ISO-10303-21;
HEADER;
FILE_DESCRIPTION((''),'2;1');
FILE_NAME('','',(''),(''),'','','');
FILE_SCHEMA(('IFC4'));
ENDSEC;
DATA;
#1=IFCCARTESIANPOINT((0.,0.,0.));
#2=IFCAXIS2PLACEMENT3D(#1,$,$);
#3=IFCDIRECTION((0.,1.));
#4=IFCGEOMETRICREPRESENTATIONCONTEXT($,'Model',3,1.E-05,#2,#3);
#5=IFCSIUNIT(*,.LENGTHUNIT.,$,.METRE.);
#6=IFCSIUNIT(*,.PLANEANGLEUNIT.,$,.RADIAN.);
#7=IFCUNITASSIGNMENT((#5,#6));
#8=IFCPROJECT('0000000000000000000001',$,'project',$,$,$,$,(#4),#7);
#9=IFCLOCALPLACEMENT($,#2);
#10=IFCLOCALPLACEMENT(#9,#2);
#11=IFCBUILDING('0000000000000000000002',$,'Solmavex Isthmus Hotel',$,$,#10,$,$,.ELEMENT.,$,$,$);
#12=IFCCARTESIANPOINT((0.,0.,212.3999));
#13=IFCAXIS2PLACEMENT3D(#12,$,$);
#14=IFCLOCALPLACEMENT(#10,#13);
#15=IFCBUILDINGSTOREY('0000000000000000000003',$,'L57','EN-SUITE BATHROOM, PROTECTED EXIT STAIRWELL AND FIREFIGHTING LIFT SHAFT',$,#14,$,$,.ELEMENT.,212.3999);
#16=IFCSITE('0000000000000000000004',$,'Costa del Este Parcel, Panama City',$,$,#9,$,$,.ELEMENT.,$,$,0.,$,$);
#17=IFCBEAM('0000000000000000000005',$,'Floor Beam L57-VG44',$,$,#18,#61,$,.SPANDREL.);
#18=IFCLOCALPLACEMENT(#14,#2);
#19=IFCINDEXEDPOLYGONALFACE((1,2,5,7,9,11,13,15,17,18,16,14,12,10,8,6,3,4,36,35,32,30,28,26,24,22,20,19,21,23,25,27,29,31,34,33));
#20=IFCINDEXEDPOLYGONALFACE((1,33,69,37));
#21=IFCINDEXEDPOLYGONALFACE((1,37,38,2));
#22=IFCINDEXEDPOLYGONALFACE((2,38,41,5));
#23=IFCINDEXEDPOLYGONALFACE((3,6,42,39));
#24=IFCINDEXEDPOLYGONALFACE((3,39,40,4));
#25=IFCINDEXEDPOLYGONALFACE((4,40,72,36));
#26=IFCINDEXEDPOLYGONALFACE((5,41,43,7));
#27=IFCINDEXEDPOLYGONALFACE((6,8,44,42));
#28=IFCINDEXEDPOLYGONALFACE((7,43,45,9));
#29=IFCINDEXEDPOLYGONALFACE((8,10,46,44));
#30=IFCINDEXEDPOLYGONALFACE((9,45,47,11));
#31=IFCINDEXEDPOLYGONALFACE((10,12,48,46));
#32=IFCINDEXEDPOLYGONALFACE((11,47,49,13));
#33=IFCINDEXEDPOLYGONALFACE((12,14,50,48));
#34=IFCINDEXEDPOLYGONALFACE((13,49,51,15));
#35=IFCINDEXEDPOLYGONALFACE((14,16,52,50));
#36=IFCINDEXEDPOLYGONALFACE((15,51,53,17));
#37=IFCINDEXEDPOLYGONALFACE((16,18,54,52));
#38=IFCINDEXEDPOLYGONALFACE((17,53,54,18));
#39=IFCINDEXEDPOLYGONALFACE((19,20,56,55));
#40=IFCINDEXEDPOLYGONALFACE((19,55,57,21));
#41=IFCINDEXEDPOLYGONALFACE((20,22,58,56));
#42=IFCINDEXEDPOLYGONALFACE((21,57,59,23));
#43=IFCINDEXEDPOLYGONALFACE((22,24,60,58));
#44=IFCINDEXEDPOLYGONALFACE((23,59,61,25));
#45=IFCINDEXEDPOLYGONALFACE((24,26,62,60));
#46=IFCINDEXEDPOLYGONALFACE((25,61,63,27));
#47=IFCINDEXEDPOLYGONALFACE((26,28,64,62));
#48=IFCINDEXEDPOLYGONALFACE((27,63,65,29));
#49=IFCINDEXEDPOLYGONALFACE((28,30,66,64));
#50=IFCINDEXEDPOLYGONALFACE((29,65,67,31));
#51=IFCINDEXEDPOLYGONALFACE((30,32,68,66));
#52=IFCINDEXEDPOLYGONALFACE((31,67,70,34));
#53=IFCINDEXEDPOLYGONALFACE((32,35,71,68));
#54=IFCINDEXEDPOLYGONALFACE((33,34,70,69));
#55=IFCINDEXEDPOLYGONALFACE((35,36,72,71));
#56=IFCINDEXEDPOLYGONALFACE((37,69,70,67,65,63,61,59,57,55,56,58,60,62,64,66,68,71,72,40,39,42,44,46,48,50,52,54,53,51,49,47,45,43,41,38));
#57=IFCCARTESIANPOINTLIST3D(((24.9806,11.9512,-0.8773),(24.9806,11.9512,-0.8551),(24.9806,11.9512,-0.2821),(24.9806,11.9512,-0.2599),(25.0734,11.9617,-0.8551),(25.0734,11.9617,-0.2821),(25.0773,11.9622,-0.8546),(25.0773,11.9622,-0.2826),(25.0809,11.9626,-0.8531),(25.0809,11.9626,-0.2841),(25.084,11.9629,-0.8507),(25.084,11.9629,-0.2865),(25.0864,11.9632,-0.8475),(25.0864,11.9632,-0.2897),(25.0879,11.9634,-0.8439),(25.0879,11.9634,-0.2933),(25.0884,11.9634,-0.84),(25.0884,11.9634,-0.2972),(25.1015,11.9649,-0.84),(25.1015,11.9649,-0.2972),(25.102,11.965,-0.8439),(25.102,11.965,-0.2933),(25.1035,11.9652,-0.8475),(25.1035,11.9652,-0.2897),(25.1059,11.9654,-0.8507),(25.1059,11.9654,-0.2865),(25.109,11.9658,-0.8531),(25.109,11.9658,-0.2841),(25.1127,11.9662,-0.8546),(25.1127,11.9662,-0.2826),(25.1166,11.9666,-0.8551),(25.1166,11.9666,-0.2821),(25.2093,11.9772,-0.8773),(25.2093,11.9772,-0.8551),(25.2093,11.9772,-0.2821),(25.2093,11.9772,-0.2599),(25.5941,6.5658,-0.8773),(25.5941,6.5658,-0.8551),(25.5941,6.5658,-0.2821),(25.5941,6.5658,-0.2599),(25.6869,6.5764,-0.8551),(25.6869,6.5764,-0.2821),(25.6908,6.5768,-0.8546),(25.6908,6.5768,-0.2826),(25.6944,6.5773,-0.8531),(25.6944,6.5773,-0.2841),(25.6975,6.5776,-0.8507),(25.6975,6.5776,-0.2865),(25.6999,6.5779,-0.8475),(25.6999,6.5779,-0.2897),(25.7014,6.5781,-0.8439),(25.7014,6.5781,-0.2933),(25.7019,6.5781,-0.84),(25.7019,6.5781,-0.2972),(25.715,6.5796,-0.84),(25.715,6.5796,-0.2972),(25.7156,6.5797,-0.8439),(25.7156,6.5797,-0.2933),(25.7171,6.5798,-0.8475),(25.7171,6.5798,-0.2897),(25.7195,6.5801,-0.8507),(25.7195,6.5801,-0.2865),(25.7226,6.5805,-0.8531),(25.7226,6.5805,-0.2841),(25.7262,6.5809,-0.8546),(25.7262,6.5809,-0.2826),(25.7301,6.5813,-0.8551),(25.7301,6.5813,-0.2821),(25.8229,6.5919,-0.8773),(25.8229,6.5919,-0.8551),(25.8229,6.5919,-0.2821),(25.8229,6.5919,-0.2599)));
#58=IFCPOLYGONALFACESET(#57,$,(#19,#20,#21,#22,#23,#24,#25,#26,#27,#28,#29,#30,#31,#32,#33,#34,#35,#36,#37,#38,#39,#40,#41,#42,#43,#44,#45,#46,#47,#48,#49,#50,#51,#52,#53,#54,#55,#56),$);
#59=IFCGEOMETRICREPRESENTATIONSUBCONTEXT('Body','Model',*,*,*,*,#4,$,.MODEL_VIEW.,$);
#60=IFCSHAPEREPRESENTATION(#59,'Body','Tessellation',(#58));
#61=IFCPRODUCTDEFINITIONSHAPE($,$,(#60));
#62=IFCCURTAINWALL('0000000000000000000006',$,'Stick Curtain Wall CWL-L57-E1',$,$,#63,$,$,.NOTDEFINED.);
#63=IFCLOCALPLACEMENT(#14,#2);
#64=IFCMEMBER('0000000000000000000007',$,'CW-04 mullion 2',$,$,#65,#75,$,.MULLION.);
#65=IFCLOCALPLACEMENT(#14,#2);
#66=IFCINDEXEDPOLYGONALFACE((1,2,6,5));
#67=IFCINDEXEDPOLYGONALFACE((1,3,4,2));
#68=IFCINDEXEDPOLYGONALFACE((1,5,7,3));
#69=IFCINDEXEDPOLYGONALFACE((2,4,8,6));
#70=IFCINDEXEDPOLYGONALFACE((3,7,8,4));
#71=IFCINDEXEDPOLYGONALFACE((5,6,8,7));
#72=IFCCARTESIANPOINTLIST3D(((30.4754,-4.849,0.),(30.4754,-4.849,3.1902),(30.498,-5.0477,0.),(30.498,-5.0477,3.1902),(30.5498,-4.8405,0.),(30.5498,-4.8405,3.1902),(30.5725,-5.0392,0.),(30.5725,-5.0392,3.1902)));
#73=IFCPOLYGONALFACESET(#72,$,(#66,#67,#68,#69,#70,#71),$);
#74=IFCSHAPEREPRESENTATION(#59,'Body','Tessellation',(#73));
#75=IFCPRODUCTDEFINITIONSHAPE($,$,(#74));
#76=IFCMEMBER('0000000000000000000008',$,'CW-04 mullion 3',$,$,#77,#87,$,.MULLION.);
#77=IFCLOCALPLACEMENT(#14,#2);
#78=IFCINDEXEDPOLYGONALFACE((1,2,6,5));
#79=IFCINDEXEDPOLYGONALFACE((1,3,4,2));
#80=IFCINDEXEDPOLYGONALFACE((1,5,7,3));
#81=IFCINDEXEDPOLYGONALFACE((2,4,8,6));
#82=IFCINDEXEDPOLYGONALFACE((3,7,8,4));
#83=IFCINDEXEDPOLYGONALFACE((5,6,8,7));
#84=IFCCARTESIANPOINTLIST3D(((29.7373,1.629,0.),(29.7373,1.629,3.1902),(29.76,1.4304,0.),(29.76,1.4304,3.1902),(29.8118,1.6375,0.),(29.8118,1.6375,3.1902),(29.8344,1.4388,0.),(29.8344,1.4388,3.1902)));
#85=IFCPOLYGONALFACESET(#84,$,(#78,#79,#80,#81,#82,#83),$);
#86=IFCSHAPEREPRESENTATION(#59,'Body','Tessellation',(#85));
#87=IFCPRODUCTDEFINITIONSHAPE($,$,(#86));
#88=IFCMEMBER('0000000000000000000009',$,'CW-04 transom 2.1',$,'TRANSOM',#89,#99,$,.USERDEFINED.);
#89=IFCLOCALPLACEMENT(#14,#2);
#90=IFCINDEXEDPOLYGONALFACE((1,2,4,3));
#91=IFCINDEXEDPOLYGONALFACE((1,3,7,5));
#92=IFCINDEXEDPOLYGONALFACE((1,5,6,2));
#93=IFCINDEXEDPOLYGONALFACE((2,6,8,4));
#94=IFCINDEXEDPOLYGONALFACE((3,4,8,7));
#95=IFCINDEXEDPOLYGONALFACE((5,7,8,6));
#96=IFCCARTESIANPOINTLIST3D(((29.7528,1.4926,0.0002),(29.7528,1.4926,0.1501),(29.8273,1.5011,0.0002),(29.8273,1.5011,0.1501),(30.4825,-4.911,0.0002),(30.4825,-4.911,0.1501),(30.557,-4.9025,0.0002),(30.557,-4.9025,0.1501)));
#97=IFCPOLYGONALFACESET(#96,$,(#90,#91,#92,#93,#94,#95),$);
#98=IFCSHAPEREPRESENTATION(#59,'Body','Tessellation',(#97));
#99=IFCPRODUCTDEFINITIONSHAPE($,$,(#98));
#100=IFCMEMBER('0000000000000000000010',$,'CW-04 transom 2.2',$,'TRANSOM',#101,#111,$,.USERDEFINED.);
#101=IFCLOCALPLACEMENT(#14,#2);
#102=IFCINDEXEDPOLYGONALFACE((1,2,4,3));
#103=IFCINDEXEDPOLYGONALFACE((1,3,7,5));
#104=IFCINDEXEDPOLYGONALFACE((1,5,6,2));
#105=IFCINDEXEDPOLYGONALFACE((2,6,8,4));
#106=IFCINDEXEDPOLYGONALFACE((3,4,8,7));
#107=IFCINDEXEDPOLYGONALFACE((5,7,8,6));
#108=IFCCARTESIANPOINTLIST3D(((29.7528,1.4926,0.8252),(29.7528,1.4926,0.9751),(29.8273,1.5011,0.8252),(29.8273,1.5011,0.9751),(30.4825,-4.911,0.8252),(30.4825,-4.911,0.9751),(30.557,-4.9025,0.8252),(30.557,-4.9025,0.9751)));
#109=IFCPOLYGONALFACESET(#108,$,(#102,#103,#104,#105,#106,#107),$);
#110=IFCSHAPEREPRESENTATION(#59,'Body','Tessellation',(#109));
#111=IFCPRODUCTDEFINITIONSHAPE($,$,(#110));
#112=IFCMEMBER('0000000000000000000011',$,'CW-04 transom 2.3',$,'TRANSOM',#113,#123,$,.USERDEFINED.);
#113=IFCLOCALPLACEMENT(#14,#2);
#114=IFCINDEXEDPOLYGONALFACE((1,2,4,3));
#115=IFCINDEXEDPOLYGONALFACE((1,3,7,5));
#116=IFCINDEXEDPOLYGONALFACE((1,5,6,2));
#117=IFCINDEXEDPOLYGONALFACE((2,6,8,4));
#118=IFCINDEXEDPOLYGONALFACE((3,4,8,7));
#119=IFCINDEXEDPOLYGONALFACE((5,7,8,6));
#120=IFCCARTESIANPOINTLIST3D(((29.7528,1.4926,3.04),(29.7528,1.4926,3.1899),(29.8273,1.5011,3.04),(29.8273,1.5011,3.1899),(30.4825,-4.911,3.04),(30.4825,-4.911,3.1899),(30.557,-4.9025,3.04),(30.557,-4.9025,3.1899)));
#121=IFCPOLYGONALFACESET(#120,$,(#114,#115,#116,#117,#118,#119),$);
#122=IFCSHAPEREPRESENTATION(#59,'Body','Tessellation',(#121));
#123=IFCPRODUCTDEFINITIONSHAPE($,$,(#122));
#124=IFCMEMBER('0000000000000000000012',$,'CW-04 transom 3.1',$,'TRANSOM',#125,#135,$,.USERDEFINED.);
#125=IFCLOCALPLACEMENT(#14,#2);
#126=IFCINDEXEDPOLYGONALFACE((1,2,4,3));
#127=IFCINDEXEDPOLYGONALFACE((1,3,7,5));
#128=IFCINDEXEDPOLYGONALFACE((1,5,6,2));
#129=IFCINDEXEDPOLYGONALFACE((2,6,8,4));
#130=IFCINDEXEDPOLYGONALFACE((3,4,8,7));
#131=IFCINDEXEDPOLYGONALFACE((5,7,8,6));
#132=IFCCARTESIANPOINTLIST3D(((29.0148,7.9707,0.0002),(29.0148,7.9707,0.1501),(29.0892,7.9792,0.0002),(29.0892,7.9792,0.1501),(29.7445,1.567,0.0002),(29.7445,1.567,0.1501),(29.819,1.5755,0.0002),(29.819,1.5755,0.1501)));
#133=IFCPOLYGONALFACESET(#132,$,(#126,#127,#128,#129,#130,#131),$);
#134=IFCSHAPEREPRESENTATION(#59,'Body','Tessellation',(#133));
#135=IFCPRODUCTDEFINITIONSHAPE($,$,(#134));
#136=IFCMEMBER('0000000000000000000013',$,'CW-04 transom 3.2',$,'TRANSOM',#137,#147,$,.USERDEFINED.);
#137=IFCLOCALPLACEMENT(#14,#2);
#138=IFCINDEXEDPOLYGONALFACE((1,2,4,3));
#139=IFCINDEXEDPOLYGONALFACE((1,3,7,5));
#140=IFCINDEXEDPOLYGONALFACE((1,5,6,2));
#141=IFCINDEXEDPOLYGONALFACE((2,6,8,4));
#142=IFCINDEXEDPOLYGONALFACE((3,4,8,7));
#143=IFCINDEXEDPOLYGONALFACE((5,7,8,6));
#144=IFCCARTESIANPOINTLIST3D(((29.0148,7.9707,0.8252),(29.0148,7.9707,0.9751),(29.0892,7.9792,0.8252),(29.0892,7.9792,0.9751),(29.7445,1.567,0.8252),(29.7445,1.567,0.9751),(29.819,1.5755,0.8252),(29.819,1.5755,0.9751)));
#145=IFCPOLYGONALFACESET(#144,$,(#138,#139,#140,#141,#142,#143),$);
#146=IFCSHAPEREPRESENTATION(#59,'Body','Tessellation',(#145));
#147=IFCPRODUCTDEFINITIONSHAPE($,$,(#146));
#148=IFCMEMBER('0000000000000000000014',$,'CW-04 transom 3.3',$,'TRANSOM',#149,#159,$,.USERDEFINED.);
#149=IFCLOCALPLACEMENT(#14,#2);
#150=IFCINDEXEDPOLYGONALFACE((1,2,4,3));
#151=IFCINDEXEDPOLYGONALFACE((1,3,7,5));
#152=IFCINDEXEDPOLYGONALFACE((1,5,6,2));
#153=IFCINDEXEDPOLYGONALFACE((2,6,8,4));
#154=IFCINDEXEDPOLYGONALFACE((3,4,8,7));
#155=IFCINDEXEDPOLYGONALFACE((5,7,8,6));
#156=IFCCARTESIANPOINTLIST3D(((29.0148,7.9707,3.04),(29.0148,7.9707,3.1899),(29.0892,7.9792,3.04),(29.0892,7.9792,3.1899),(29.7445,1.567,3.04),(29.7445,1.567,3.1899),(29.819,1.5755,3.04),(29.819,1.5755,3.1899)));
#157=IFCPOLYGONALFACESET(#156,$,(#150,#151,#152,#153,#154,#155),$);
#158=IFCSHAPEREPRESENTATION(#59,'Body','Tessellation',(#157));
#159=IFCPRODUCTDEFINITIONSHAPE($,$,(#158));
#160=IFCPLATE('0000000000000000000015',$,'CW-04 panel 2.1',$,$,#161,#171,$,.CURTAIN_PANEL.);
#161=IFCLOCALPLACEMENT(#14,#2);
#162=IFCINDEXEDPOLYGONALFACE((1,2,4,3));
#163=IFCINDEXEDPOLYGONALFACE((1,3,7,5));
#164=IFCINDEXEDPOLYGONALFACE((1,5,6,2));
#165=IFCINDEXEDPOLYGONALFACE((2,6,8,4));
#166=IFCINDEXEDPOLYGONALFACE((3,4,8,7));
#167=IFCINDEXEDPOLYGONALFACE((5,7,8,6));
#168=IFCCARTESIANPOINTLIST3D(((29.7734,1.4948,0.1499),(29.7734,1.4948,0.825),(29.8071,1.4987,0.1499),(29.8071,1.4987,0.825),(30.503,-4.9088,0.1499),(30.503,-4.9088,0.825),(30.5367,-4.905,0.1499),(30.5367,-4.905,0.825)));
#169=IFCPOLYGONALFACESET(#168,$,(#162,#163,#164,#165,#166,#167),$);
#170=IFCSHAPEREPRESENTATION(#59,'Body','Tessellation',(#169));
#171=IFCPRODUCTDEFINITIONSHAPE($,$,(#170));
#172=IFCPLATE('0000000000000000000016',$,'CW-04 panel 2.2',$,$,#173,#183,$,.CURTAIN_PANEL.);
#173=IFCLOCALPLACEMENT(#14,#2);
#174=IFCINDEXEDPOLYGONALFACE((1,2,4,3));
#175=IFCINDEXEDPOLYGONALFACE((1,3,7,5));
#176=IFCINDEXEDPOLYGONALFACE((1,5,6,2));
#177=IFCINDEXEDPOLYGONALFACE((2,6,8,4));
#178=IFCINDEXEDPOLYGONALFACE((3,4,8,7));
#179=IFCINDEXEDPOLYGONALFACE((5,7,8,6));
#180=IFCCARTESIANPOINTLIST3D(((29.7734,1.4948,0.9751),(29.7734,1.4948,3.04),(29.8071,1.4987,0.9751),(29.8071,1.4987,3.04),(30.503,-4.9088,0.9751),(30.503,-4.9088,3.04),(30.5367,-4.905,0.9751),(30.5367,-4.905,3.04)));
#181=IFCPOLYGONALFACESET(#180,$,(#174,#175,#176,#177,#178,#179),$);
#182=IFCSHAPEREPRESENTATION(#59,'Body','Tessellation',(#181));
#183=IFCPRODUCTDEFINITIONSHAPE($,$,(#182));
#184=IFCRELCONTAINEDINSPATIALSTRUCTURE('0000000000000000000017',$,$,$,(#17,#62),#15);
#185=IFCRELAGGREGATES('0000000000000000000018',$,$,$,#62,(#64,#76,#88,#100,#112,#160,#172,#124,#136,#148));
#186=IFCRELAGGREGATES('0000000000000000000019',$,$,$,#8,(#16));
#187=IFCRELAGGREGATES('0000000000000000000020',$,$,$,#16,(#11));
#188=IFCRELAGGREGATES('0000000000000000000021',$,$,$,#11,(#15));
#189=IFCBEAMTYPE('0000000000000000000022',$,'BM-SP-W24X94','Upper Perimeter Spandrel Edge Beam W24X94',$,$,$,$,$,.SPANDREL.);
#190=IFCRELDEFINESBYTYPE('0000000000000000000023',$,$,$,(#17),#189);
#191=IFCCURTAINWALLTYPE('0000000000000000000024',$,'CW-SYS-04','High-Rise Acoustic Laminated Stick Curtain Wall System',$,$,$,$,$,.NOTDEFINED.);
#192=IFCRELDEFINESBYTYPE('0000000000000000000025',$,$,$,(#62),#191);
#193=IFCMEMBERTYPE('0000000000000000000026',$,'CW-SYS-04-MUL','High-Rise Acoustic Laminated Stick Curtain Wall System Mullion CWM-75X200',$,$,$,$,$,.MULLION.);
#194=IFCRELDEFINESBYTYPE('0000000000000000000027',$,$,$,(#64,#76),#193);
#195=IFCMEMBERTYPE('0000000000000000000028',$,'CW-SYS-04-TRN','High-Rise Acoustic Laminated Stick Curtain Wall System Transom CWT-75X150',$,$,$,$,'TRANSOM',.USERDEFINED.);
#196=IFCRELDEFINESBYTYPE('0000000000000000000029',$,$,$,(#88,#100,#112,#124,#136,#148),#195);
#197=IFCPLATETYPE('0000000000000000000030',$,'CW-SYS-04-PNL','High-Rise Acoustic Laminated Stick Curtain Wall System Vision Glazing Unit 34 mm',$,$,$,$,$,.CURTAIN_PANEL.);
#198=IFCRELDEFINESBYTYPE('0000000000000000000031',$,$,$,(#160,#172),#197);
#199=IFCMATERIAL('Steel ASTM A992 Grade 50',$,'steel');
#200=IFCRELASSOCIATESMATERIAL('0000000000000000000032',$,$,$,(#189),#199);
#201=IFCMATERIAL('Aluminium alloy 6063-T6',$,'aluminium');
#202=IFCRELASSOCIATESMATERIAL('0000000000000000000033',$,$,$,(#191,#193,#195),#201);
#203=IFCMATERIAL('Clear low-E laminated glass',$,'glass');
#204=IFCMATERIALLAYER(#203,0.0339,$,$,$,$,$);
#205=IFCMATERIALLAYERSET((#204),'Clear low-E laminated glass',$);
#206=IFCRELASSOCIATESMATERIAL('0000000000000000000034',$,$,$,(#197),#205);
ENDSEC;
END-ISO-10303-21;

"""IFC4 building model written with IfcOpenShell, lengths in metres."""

from ifc_helpers import new_model, si_unit, direction, frame, origin, origin_2d, place, context, subcontext, project, spatial, rectangle, i_section, extrude, material, layer, layer_set, material_profile, profile_set, type_object, element, aggregate, save


model = new_model("IFC4")

# Units and contexts
model_context = context("Model", 3, precision=1e-05, world=origin(), true_north=direction((0.0, 1.0)))
body_context = subcontext(model_context, "Body", "Model", "MODEL_VIEW")
ifc_project = project(units=[si_unit("LENGTHUNIT", "METRE"), si_unit("PLANEANGLEUNIT", "RADIAN")], contexts=[model_context])

# Site, building, storey
site_placement = place(None, origin())
site = spatial("IfcSite", under=ifc_project, at=site_placement, Name="Costa del Este Parcel, Panama City", CompositionType="ELEMENT", RefElevation=0.0)
building_placement = place(site_placement, origin())
building = spatial("IfcBuilding", under=site, at=building_placement, Name="Solmavex Isthmus Hotel", CompositionType="ELEMENT")
storey_placement = place(building_placement, frame((0.0, 0.0, 212.3999)))
storey = spatial("IfcBuildingStorey", under=building, at=storey_placement, Name="L57", Description="EN-SUITE BATHROOM, PROTECTED EXIT STAIRWELL AND FIREFIGHTING LIFT SHAFT", CompositionType="ELEMENT", Elevation=212.3999)

# Beam
ifc_material_1 = material(Name="Steel ASTM A992 Grade 50", Category="steel")
ifc_material_profile_1 = material_profile(ifc_material_1, i_section(OverallWidth=0.2302, OverallDepth=0.6174, WebThickness=0.0132, FlangeThickness=0.0222, FilletRadius=0.0151, at=origin_2d()), Name="W24X94")
ifc_profile_set_1 = profile_set([ifc_material_profile_1], Name="Steel ASTM A992 Grade 50")
beam_type_1 = type_object("IfcBeamType", Name="BM-SP-W24X94", Description="Upper Perimeter Spandrel Edge Beam W24X94", PredefinedType="SPANDREL", material=ifc_profile_set_1)
beam_1_placement = place(storey_placement, frame((25.7085, 6.5789, -0.5686), z_axis=(-0.113195, 0.993573, 0.0), x_axis=(-0.993573, -0.113195, 0.0)))
element("IfcBeam", 1, at=beam_1_placement, inside=storey, type_object=beam_type_1, Name="Floor Beam L57-VG44", PredefinedType="SPANDREL", context=body_context, shape_type="SweptSolid", body=[
    extrude(i_section(OverallWidth=0.2302, OverallDepth=0.6174, WebThickness=0.0132, FlangeThickness=0.0222, FilletRadius=0.0151, at=origin_2d()), origin(), (0.0, 0.0, 1.0), 5.4202),
])

# Curtain wall, members, plates
ifc_material_2 = material(Name="Aluminium alloy 6063-T6", Category="aluminium")
curtain_wall_type = type_object("IfcCurtainWallType", Name="CW-SYS-04", Description="High-Rise Acoustic Laminated Stick Curtain Wall System", PredefinedType="NOTDEFINED", material=ifc_material_2)
curtain_wall_placement = place(storey_placement, origin())
curtain_wall = element("IfcCurtainWall", 2, at=curtain_wall_placement, inside=storey, type_object=curtain_wall_type, Name="Stick Curtain Wall CWL-L57-E1", PredefinedType="NOTDEFINED")
ifc_material_profile_2 = material_profile(ifc_material_2, rectangle(XDim=0.075, YDim=0.2, at=origin_2d()), Name="CWM-75X200")
ifc_profile_set_2 = profile_set([ifc_material_profile_2], Name="Aluminium alloy 6063-T6")
member_type_1 = type_object("IfcMemberType", Name="CW-SYS-04-MUL", Description="High-Rise Acoustic Laminated Stick Curtain Wall System Mullion CWM-75X200", PredefinedType="MULLION", material=ifc_profile_set_2)
member_1_placement = place(storey_placement, frame((30.5239, -4.9441, 0.0), z_axis=(0.0, 0.0, 1.0), x_axis=(-0.993572, -0.113203, 0.0)))
member_1 = element("IfcMember", 3, at=member_1_placement, type_object=member_type_1, Name="CW-04 mullion 2", PredefinedType="MULLION", context=body_context, shape_type="SweptSolid", body=[
    extrude(rectangle(XDim=0.075, YDim=0.2, at=origin_2d()), origin(), (0.0, 0.0, 1.0), 3.1902),
])
member_2_placement = place(storey_placement, frame((29.7859, 1.5339, 0.0), z_axis=(0.0, 0.0, 1.0), x_axis=(-0.993572, -0.113203, 0.0)))
member_2 = element("IfcMember", 4, at=member_2_placement, type_object=member_type_1, Name="CW-04 mullion 3", PredefinedType="MULLION", context=body_context, shape_type="SweptSolid", body=[
    extrude(rectangle(XDim=0.075, YDim=0.2, at=origin_2d()), origin(), (0.0, 0.0, 1.0), 3.1902),
])
ifc_material_profile_3 = material_profile(ifc_material_2, rectangle(XDim=0.075, YDim=0.1499, at=origin_2d()), Name="CWT-75X150")
ifc_profile_set_3 = profile_set([ifc_material_profile_3], Name="Aluminium alloy 6063-T6")
member_type_2 = type_object("IfcMemberType", Name="CW-SYS-04-TRN", Description="High-Rise Acoustic Laminated Stick Curtain Wall System Transom CWT-75X150", ElementType="TRANSOM", PredefinedType="USERDEFINED", material=ifc_profile_set_3)
member_3_placement = place(storey_placement, frame((30.5198, -4.9067, 0.0752), z_axis=(-0.113225, 0.993569, 0.0), x_axis=(-0.993569, -0.113225, 0.0)))
member_3 = element("IfcMember", 5, at=member_3_placement, type_object=member_type_2, Name="CW-04 transom 2.1", ObjectType="TRANSOM", PredefinedType="USERDEFINED", context=body_context, shape_type="SweptSolid", body=[
    extrude(rectangle(XDim=0.075, YDim=0.1499, at=origin_2d()), origin(), (0.0, 0.0, 1.0), 6.4451),
])
member_4_placement = place(storey_placement, frame((30.5198, -4.9067, 0.9001), z_axis=(-0.113225, 0.993569, 0.0), x_axis=(-0.993569, -0.113225, 0.0)))
member_4 = element("IfcMember", 6, at=member_4_placement, type_object=member_type_2, Name="CW-04 transom 2.2", ObjectType="TRANSOM", PredefinedType="USERDEFINED", context=body_context, shape_type="SweptSolid", body=[
    extrude(rectangle(XDim=0.075, YDim=0.1499, at=origin_2d()), origin(), (0.0, 0.0, 1.0), 6.4451),
])
member_5_placement = place(storey_placement, frame((30.5198, -4.9067, 3.115), z_axis=(-0.113225, 0.993569, 0.0), x_axis=(-0.993569, -0.113225, 0.0)))
member_5 = element("IfcMember", 7, at=member_5_placement, type_object=member_type_2, Name="CW-04 transom 2.3", ObjectType="TRANSOM", PredefinedType="USERDEFINED", context=body_context, shape_type="SweptSolid", body=[
    extrude(rectangle(XDim=0.075, YDim=0.1499, at=origin_2d()), origin(), (0.0, 0.0, 1.0), 6.4451),
])
member_6_placement = place(storey_placement, frame((29.7817, 1.5713, 0.0752), z_axis=(-0.113225, 0.993569, 0.0), x_axis=(-0.993569, -0.113225, 0.0)))
member_6 = element("IfcMember", 8, at=member_6_placement, type_object=member_type_2, Name="CW-04 transom 3.1", ObjectType="TRANSOM", PredefinedType="USERDEFINED", context=body_context, shape_type="SweptSolid", body=[
    extrude(rectangle(XDim=0.075, YDim=0.1499, at=origin_2d()), origin(), (0.0, 0.0, 1.0), 6.4451),
])
member_7_placement = place(storey_placement, frame((29.7817, 1.5713, 0.9001), z_axis=(-0.113225, 0.993569, 0.0), x_axis=(-0.993569, -0.113225, 0.0)))
member_7 = element("IfcMember", 9, at=member_7_placement, type_object=member_type_2, Name="CW-04 transom 3.2", ObjectType="TRANSOM", PredefinedType="USERDEFINED", context=body_context, shape_type="SweptSolid", body=[
    extrude(rectangle(XDim=0.075, YDim=0.1499, at=origin_2d()), origin(), (0.0, 0.0, 1.0), 6.4451),
])
member_8_placement = place(storey_placement, frame((29.7817, 1.5713, 3.115), z_axis=(-0.113225, 0.993569, 0.0), x_axis=(-0.993569, -0.113225, 0.0)))
member_8 = element("IfcMember", 10, at=member_8_placement, type_object=member_type_2, Name="CW-04 transom 3.3", ObjectType="TRANSOM", PredefinedType="USERDEFINED", context=body_context, shape_type="SweptSolid", body=[
    extrude(rectangle(XDim=0.075, YDim=0.1499, at=origin_2d()), origin(), (0.0, 0.0, 1.0), 6.4451),
])
ifc_material_3 = material(Name="Clear low-E laminated glass", Category="glass")
ifc_layer_1 = layer(ifc_material_3, 0.0339)
ifc_layer_set_1 = layer_set([ifc_layer_1], Name="Clear low-E laminated glass")
plate_type = type_object("IfcPlateType", Name="CW-SYS-04-PNL", Description="High-Rise Acoustic Laminated Stick Curtain Wall System Vision Glazing Unit 34 mm", PredefinedType="CURTAIN_PANEL", material=ifc_layer_set_1)
plate_1_placement = place(storey_placement, frame((30.155, -1.7051, 0.1499), z_axis=(0.0, 0.0, 1.0), x_axis=(-0.113203, 0.993572, 0.0)))
plate_1 = element("IfcPlate", 11, at=plate_1_placement, type_object=plate_type, Name="CW-04 panel 2.1", PredefinedType="CURTAIN_PANEL", context=body_context, shape_type="SweptSolid", body=[
    extrude(rectangle(XDim=6.4451, YDim=0.0339, at=origin_2d()), origin(), (0.0, 0.0, 1.0), 0.675),
])
plate_2_placement = place(storey_placement, frame((30.155, -1.7051, 0.9751), z_axis=(0.0, 0.0, 1.0), x_axis=(-0.113203, 0.993572, 0.0)))
plate_2 = element("IfcPlate", 12, at=plate_2_placement, type_object=plate_type, Name="CW-04 panel 2.2", PredefinedType="CURTAIN_PANEL", context=body_context, shape_type="SweptSolid", body=[
    extrude(rectangle(XDim=6.4451, YDim=0.0339, at=origin_2d()), origin(), (0.0, 0.0, 1.0), 2.0649),
])
aggregate(curtain_wall, [member_1, member_2, member_3, member_4, member_5, plate_1, plate_2, member_6, member_7, member_8])

save(model, "model.ifc")
